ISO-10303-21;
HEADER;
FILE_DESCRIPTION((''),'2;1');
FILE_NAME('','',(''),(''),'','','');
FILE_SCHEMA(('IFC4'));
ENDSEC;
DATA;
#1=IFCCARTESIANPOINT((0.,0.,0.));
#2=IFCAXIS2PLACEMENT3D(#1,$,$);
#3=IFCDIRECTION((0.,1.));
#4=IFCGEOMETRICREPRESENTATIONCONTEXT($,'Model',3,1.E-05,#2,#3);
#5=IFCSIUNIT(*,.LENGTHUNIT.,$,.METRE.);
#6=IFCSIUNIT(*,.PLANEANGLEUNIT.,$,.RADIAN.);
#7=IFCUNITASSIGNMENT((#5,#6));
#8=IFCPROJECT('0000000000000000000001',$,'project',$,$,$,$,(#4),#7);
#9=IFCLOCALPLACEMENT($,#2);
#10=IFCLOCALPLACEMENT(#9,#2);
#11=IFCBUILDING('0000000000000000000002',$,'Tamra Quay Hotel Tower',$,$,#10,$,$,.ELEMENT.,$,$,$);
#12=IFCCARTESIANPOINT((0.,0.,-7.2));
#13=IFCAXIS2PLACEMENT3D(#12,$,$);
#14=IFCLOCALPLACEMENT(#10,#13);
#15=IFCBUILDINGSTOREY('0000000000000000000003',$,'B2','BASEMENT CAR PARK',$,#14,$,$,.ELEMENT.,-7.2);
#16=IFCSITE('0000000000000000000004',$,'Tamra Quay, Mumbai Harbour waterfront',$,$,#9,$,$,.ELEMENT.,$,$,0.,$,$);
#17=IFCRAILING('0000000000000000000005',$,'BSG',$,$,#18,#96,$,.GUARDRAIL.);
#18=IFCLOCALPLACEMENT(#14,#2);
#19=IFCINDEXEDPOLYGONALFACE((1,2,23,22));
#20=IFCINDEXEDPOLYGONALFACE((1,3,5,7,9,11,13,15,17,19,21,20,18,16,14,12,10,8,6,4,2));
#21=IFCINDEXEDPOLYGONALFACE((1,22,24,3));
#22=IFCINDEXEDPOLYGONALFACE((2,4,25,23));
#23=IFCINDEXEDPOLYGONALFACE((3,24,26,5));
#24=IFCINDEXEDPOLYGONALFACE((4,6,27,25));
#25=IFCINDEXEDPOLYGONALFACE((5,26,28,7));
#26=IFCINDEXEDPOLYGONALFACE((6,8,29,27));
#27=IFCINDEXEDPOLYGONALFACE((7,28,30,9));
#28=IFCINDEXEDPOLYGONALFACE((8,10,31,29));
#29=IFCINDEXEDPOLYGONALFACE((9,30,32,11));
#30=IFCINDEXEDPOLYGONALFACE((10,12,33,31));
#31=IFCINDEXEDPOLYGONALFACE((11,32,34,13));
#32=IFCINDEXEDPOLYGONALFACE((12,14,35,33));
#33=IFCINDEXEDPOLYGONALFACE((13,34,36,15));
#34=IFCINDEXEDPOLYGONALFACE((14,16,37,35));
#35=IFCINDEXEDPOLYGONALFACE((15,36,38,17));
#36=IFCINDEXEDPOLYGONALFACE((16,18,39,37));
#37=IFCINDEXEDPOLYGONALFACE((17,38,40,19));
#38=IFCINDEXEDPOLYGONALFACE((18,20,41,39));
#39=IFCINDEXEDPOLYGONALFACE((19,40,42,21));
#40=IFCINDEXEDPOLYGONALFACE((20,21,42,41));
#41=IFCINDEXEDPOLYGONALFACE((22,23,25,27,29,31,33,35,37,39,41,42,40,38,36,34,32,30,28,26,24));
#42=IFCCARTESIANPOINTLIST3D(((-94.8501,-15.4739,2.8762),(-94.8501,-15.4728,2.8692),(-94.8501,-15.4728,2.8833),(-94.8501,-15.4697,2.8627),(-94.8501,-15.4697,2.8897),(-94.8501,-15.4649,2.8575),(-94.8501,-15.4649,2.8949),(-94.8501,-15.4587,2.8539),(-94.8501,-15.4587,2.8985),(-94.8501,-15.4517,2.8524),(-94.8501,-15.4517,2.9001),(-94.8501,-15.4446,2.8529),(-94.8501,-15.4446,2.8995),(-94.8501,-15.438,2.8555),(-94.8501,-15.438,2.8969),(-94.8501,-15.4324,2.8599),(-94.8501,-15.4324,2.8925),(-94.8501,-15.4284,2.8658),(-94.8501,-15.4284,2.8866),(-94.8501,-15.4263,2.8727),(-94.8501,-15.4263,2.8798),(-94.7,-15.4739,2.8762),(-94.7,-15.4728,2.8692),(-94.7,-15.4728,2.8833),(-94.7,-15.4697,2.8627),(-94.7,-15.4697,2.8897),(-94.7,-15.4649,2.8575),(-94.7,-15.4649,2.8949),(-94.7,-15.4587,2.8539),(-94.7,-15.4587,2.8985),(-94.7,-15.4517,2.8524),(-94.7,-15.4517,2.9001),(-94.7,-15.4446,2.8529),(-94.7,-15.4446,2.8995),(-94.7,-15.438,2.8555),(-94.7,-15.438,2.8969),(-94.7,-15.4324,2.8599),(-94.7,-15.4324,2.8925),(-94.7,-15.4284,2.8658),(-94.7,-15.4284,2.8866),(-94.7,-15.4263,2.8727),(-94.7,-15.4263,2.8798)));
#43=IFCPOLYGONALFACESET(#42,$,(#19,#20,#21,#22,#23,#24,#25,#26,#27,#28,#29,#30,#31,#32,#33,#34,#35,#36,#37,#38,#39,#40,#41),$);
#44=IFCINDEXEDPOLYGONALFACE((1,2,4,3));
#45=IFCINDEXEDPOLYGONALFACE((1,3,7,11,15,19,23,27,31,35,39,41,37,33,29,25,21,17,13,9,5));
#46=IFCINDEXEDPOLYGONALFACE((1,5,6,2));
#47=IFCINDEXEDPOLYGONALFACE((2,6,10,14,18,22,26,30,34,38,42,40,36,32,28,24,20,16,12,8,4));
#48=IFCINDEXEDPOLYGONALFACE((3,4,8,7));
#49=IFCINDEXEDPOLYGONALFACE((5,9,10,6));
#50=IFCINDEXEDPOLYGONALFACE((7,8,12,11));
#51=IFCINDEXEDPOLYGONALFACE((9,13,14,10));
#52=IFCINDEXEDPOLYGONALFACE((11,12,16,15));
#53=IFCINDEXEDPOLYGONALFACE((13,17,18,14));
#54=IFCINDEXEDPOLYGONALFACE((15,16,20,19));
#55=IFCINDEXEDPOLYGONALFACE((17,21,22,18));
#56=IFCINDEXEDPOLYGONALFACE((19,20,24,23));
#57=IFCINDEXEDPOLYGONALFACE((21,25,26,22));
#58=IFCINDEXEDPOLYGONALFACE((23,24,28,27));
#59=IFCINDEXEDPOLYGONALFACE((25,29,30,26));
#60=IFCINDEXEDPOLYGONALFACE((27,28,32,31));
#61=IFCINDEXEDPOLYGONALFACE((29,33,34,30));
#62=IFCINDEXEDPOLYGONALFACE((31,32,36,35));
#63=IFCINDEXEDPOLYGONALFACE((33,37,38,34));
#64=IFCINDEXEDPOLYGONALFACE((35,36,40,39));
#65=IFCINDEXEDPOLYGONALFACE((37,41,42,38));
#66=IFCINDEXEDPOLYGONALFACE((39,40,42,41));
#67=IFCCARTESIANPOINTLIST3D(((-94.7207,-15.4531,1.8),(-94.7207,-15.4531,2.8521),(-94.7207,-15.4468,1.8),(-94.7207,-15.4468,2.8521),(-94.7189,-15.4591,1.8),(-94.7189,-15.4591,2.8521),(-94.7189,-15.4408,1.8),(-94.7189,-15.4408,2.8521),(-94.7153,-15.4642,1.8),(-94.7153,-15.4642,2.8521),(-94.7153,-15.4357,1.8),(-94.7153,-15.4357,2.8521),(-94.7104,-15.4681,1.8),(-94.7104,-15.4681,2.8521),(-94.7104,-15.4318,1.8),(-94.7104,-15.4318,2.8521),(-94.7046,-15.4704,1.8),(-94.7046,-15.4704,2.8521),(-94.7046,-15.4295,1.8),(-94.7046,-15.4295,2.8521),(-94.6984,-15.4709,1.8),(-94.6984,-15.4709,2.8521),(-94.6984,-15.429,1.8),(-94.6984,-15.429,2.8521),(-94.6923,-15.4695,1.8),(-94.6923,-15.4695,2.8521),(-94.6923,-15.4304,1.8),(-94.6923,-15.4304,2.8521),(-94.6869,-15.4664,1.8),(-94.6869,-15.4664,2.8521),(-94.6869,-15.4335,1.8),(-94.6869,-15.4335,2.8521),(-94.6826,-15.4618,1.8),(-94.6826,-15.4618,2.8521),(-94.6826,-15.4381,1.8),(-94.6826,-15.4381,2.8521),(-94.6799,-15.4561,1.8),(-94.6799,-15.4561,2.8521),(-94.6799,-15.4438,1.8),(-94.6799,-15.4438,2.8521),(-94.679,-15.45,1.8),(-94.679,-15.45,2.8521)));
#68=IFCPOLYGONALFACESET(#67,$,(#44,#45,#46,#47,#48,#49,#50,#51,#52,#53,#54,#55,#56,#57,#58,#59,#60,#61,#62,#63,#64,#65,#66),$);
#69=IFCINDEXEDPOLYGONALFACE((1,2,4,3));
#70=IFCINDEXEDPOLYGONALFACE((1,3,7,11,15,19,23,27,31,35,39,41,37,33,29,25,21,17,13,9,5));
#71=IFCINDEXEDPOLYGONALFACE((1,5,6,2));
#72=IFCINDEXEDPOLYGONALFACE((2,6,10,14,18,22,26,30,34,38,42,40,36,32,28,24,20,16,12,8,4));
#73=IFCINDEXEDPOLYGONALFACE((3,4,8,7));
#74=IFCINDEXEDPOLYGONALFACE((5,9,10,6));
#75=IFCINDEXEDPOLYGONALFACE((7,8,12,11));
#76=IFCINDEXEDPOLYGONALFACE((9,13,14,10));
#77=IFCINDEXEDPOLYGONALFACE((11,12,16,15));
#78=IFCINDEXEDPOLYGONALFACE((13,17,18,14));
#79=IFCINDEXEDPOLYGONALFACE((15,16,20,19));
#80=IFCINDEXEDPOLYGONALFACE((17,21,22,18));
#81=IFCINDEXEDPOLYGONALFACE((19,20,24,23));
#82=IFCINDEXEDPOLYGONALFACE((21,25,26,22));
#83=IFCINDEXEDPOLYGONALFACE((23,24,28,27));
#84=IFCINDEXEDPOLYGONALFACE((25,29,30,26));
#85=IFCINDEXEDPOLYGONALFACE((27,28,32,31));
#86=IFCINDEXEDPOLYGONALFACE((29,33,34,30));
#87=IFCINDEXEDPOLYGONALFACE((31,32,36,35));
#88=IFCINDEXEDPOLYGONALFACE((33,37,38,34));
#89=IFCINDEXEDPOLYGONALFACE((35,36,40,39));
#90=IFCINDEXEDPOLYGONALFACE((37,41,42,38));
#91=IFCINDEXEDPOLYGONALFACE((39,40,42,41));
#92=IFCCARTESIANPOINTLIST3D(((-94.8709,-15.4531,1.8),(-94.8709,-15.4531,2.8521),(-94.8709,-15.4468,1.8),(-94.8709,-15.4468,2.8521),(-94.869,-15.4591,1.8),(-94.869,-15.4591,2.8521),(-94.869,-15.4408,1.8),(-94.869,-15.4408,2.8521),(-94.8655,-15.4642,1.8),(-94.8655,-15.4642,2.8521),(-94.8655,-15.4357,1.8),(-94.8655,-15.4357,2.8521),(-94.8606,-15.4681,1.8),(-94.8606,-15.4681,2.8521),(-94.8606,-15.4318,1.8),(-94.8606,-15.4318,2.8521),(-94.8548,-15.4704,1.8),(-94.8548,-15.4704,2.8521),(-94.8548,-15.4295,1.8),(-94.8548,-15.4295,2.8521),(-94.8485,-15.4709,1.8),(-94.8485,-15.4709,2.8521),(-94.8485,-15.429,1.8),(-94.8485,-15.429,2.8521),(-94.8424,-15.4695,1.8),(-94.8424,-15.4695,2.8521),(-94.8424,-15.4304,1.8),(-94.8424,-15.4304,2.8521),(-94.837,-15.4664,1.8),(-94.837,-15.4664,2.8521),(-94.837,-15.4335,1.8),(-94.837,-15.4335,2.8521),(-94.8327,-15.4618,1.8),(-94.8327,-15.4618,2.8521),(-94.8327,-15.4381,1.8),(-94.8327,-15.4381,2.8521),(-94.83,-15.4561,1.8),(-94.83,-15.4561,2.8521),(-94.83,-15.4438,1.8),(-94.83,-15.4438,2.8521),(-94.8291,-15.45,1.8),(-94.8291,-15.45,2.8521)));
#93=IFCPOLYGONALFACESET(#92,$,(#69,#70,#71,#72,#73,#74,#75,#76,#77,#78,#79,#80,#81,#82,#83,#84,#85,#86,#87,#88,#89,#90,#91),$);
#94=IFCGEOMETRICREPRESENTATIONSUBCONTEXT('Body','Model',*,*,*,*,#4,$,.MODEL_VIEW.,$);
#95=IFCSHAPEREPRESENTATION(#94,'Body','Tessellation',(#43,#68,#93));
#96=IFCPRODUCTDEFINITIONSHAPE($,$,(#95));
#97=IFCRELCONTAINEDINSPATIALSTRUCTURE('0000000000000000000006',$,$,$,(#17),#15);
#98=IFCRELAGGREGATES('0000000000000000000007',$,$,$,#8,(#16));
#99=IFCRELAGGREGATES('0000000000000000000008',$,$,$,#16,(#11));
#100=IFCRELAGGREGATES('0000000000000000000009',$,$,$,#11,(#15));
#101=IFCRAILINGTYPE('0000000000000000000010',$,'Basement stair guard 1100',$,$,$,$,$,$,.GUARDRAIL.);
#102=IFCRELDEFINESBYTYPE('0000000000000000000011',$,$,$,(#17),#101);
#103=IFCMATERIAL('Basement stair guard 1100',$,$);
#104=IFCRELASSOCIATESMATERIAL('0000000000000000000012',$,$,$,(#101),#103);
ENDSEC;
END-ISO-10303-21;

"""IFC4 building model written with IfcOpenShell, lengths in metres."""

from ifc_helpers import new_model, si_unit, direction, frame, origin, origin_2d, place, context, subcontext, project, spatial, circle, extrude, material, type_object, element, save


model = new_model("IFC4")

# Units and contexts
model_context = context("Model", 3, precision=1e-05, world=origin(), true_north=direction((0.0, 1.0)))
body_context = subcontext(model_context, "Body", "Model", "MODEL_VIEW")
ifc_project = project(units=[si_unit("LENGTHUNIT", "METRE"), si_unit("PLANEANGLEUNIT", "RADIAN")], contexts=[model_context])

# Site, building, storey
site_placement = place(None, origin())
site = spatial("IfcSite", under=ifc_project, at=site_placement, Name="Tamra Quay, Mumbai Harbour waterfront", CompositionType="ELEMENT", RefElevation=0.0)
building_placement = place(site_placement, origin())
building = spatial("IfcBuilding", under=site, at=building_placement, Name="Tamra Quay Hotel Tower", CompositionType="ELEMENT")
storey_placement = place(building_placement, frame((0.0, 0.0, -7.2)))
storey = spatial("IfcBuildingStorey", under=building, at=storey_placement, Name="B2", Description="BASEMENT CAR PARK", CompositionType="ELEMENT", Elevation=-7.2)

# Railing
ifc_material_1 = material(Name="Basement stair guard 1100")
railing_type_1 = type_object("IfcRailingType", Name="Basement stair guard 1100", PredefinedType="GUARDRAIL", material=ifc_material_1)
railing_1_placement = place(storey_placement, frame((-94.7, -15.45, 1.8)))
element("IfcRailing", 1, at=railing_1_placement, inside=storey, type_object=railing_type_1, Name="BSG", PredefinedType="GUARDRAIL", context=body_context, shape_type="SweptSolid", body=[
    extrude(circle(Radius=0.0239, at=origin_2d()), frame((0.0, 0.0, 1.0762), z_axis=(-1.0, 0.0, 0.0), x_axis=(0.0, -1.0, 0.0)), (0.0, 0.0, 1.0), 0.1501),
    extrude(circle(Radius=0.021, at=origin_2d()), origin(), (0.0, 0.0, 1.0), 1.052),
    extrude(circle(Radius=0.021, at=origin_2d()), frame((-0.1501, 0.0, 0.0)), (0.0, 0.0, 1.0), 1.052),
])

save(model, "model.ifc")
